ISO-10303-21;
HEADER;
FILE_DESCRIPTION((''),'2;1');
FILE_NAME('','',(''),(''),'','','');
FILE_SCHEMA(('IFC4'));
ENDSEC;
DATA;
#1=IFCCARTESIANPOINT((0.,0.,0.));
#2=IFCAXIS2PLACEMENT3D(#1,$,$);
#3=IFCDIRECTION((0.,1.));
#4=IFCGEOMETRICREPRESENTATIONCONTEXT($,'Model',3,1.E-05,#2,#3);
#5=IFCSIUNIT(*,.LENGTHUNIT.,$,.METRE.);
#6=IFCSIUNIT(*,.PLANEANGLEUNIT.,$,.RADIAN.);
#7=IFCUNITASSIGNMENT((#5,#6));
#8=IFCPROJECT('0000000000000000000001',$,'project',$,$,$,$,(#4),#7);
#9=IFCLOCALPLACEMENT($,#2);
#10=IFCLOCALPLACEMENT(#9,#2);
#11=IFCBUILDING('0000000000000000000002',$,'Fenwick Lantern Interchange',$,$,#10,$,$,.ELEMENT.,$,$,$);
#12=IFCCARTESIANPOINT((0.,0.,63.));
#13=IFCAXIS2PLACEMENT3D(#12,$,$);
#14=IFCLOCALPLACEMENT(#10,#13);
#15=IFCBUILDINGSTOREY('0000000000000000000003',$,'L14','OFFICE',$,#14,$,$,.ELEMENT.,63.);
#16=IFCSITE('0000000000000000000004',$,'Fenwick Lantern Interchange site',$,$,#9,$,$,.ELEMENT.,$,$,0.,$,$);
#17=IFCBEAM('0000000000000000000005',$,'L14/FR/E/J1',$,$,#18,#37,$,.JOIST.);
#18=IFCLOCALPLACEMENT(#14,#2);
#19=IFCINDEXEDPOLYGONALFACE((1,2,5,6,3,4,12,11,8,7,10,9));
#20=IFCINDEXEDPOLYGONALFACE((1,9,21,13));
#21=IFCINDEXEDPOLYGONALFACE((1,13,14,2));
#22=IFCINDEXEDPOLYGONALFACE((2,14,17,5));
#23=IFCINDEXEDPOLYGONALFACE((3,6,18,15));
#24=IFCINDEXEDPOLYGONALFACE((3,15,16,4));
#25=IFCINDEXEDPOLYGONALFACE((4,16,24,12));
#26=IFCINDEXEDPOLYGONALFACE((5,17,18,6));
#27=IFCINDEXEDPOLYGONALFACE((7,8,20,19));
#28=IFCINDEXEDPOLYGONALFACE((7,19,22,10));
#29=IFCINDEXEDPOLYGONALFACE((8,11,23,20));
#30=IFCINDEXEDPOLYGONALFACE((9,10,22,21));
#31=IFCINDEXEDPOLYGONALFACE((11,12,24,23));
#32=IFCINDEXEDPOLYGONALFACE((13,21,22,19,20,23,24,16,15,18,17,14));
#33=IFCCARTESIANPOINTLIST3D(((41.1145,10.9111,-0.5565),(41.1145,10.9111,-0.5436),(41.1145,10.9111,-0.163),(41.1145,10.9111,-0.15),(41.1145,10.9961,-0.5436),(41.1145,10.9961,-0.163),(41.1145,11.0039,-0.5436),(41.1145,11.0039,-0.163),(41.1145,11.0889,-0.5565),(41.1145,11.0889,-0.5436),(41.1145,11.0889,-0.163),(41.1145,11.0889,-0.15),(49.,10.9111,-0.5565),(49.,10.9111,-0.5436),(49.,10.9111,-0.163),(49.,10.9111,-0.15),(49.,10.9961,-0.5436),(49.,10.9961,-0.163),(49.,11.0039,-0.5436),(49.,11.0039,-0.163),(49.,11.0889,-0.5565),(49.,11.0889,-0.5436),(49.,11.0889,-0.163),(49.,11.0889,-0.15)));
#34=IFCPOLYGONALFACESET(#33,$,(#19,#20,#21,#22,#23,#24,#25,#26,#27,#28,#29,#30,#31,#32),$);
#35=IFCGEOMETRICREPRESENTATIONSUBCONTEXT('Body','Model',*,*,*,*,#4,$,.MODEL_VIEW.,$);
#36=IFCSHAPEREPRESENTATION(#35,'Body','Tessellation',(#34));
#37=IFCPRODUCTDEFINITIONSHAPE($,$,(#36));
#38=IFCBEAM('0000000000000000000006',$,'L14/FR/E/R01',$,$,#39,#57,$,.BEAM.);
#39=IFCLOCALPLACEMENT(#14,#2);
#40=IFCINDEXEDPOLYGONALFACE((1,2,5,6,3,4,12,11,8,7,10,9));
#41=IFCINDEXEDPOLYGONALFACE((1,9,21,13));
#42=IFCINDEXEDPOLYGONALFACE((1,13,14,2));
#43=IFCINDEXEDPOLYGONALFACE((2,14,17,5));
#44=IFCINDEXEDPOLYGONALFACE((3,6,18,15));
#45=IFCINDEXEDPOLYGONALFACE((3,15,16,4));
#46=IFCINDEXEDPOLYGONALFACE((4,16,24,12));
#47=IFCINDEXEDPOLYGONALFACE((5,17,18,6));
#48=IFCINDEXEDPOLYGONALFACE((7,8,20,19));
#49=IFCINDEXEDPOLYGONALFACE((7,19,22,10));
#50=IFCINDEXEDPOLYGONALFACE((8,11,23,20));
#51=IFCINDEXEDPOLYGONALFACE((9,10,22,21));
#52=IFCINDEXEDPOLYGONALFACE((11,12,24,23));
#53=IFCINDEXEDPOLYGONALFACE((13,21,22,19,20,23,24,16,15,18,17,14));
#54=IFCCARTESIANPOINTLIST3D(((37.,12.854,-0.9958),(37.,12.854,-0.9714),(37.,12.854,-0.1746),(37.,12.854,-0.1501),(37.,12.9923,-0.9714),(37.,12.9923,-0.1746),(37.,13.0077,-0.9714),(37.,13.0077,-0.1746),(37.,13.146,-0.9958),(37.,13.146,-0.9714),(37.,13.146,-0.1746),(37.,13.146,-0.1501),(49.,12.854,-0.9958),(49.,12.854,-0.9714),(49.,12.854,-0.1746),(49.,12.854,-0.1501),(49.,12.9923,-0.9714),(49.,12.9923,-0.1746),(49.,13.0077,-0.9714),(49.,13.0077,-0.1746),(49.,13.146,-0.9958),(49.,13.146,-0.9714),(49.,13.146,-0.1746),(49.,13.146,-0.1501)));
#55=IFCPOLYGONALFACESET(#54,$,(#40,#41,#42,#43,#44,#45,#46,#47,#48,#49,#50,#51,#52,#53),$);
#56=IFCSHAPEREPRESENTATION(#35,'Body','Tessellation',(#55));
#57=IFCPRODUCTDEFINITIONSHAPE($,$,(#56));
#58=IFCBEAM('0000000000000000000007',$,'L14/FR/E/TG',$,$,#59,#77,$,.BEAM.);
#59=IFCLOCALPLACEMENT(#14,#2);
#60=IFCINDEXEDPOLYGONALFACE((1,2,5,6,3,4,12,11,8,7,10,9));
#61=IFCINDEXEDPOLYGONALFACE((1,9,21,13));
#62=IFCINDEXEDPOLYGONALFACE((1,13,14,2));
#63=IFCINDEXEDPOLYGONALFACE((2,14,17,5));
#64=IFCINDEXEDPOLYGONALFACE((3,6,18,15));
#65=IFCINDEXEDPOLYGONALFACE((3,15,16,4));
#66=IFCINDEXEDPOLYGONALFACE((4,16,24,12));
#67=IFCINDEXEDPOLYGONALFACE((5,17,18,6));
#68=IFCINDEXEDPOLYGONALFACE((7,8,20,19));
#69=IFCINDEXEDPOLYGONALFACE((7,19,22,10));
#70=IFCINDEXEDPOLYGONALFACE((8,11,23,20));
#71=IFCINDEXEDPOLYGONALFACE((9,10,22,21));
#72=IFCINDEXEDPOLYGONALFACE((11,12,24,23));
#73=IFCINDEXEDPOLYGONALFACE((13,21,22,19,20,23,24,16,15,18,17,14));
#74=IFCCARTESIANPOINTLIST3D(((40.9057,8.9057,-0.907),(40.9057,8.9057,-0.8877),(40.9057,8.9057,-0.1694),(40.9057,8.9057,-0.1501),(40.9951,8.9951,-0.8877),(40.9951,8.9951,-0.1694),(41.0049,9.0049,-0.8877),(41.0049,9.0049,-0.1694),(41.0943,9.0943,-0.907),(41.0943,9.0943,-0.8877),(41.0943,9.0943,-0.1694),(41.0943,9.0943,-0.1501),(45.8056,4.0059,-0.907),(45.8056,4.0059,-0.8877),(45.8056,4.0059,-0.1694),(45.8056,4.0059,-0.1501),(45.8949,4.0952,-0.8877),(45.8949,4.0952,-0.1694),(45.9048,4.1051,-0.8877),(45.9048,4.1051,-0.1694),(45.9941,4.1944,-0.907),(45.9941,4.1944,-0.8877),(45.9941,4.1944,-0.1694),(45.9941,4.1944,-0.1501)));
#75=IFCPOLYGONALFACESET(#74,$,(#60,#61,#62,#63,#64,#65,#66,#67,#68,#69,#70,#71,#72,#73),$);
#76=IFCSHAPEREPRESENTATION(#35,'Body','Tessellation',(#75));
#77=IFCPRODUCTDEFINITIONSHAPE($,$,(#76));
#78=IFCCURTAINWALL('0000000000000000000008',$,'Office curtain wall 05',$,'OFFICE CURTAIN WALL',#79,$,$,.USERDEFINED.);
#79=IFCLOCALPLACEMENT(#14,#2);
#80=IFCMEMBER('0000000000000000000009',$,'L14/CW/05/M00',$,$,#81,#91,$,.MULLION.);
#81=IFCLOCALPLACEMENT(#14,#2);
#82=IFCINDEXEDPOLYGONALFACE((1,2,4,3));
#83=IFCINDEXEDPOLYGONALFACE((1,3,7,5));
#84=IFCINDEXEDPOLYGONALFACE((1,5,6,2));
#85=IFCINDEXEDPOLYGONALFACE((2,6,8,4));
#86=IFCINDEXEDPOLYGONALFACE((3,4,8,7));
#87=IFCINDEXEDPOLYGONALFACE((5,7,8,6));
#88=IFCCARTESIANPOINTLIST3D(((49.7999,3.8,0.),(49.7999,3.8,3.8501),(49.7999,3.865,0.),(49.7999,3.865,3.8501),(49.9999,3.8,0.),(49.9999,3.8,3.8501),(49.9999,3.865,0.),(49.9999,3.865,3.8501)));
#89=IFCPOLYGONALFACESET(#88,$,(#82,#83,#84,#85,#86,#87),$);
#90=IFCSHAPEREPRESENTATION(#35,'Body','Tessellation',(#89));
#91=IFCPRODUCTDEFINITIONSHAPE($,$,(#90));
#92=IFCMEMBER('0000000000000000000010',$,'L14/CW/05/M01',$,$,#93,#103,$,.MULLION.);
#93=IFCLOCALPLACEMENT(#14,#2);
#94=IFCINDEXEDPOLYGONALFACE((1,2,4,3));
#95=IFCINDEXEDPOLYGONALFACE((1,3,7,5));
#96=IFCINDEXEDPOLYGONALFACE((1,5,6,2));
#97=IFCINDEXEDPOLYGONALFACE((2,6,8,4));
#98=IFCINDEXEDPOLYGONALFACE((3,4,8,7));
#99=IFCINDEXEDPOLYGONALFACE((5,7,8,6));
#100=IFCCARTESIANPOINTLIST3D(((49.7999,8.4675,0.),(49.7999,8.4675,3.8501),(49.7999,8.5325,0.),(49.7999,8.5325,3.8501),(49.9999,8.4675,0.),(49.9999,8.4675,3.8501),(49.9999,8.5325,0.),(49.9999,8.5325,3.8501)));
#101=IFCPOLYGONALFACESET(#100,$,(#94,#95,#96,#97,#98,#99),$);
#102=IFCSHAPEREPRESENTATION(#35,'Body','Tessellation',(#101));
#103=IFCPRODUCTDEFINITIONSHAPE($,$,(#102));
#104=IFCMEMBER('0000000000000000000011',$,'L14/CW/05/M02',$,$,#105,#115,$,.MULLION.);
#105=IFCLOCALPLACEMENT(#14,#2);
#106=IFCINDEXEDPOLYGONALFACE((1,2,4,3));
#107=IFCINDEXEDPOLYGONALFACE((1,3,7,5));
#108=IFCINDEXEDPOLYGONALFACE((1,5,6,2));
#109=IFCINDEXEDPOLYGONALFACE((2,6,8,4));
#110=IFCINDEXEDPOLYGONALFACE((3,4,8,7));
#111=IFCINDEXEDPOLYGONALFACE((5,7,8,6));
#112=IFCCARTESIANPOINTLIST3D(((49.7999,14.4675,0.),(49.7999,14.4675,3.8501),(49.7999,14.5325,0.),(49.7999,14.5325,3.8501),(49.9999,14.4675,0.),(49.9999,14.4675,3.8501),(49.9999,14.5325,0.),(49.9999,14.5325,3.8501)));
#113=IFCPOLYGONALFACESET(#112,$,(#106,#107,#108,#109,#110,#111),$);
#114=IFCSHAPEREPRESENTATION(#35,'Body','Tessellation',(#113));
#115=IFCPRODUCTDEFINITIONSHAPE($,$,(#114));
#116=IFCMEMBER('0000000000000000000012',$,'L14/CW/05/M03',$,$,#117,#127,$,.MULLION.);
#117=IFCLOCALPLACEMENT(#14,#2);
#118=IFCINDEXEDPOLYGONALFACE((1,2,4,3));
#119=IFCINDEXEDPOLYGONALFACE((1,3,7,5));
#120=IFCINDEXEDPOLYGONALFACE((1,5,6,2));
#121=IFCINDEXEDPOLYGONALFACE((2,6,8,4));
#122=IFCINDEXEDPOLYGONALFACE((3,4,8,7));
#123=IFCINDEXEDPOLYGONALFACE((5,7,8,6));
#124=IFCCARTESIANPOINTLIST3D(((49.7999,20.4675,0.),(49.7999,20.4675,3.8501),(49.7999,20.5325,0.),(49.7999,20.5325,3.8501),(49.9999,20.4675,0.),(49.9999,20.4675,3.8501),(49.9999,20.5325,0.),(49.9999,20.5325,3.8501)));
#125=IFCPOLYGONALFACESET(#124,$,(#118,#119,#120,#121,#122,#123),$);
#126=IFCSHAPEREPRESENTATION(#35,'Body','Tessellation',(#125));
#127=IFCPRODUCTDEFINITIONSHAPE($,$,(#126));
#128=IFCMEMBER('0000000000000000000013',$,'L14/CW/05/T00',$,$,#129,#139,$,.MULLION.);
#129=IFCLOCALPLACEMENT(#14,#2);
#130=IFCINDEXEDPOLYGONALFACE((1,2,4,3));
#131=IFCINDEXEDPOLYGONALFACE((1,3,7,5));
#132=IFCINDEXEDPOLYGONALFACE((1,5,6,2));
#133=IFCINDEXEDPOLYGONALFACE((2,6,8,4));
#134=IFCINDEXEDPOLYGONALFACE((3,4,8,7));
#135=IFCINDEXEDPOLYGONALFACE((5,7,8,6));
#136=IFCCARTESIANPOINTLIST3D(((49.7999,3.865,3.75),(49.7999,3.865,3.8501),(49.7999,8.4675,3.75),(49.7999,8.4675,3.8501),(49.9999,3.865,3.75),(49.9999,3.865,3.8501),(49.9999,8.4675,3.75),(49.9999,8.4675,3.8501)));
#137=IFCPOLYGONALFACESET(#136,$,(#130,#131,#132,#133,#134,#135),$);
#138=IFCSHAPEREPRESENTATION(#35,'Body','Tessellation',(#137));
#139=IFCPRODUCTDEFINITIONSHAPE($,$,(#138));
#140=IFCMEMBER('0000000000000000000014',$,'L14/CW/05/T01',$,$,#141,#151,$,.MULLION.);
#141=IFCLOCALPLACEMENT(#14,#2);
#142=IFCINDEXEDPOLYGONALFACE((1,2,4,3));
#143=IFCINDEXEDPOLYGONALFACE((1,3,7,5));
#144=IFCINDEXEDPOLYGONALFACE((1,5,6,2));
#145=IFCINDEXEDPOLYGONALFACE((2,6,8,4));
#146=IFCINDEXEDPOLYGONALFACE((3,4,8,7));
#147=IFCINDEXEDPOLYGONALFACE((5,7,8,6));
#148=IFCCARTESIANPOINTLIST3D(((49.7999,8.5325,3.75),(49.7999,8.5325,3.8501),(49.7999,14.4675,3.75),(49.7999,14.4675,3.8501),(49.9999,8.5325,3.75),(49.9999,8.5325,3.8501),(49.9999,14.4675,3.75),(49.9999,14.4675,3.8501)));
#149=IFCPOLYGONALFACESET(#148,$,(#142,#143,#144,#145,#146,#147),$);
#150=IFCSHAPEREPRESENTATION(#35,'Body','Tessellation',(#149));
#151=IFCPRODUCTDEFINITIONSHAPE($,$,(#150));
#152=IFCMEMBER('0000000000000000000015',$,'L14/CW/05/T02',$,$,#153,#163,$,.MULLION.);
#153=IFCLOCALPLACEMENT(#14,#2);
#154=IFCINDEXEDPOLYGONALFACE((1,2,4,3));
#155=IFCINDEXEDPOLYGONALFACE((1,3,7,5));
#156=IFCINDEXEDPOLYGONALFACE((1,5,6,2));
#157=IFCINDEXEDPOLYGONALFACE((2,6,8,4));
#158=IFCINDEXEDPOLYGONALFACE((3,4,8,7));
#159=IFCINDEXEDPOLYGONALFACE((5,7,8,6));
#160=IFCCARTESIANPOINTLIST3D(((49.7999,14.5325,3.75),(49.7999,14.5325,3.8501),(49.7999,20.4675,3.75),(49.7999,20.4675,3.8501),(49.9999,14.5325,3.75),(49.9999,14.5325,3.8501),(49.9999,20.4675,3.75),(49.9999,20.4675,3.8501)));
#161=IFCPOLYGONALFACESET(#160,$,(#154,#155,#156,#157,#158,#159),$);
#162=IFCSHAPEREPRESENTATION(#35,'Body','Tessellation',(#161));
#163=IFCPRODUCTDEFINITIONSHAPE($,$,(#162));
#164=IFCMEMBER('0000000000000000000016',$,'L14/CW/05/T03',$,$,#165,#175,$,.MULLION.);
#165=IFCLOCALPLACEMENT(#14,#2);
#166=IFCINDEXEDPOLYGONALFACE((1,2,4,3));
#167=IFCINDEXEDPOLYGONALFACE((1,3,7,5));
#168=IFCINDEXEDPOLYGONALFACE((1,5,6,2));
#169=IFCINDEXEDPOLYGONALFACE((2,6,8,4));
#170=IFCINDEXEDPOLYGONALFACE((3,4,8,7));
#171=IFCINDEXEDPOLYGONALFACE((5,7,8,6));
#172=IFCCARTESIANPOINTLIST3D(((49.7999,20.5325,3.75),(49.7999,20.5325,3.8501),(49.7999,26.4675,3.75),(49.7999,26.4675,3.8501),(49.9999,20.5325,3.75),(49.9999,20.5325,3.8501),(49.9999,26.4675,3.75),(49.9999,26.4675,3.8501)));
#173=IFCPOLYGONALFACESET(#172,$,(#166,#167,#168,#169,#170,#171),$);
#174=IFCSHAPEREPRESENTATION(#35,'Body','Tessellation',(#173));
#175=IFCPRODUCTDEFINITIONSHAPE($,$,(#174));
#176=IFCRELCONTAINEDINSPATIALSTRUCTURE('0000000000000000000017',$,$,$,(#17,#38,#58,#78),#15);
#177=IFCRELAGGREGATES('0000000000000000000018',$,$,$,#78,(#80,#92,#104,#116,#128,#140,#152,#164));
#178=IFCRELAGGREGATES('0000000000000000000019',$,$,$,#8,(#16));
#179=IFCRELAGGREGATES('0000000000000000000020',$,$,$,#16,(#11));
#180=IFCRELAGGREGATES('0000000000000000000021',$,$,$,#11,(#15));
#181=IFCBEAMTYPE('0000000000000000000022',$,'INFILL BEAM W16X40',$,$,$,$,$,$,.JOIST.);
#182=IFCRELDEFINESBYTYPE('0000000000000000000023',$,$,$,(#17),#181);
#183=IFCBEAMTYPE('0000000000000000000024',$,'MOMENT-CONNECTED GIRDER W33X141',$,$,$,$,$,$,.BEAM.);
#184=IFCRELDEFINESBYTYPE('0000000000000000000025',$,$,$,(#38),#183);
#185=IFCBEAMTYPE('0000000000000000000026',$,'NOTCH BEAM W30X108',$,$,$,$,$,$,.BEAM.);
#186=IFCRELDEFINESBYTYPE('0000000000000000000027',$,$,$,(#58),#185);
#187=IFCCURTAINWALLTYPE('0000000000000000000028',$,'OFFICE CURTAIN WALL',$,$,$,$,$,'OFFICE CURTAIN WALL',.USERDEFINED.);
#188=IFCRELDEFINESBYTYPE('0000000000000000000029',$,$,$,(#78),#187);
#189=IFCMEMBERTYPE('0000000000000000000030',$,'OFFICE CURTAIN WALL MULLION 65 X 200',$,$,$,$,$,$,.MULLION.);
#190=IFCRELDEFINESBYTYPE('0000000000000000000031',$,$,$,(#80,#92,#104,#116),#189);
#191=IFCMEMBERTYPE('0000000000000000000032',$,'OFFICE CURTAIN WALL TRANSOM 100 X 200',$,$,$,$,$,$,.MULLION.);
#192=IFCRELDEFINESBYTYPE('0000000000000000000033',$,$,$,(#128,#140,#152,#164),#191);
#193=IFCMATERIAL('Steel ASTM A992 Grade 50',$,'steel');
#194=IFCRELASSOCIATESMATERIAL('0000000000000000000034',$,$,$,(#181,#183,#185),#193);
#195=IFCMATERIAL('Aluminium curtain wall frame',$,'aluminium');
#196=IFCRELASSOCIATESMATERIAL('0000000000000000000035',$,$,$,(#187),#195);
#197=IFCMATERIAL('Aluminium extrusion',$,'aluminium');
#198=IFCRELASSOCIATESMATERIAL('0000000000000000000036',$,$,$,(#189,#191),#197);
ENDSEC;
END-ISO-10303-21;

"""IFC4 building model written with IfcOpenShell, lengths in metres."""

from ifc_helpers import new_model, si_unit, direction, frame, origin, origin_2d, place, context, subcontext, project, spatial, rectangle, i_section, extrude, material, material_profile, profile_set, type_object, element, aggregate, save


model = new_model("IFC4")

# Units and contexts
model_context = context("Model", 3, precision=1e-05, world=origin(), true_north=direction((0.0, 1.0)))
body_context = subcontext(model_context, "Body", "Model", "MODEL_VIEW")
ifc_project = project(units=[si_unit("LENGTHUNIT", "METRE"), si_unit("PLANEANGLEUNIT", "RADIAN")], contexts=[model_context])

# Site, building, storey
site_placement = place(None, origin())
site = spatial("IfcSite", under=ifc_project, at=site_placement, Name="Fenwick Lantern Interchange site", CompositionType="ELEMENT", RefElevation=0.0)
building_placement = place(site_placement, origin())
building = spatial("IfcBuilding", under=site, at=building_placement, Name="Fenwick Lantern Interchange", CompositionType="ELEMENT")
storey_placement = place(building_placement, frame((0.0, 0.0, 63.0)))
storey = spatial("IfcBuildingStorey", under=building, at=storey_placement, Name="L14", Description="OFFICE", CompositionType="ELEMENT", Elevation=63.0)

# Beams
ifc_material_1 = material(Name="Steel ASTM A992 Grade 50", Category="steel")
ifc_material_profile_1 = material_profile(ifc_material_1, i_section(OverallWidth=0.1777, OverallDepth=0.4065, WebThickness=0.0078, FlangeThickness=0.0129, at=origin_2d()), Name="W16X40")
ifc_profile_set_1 = profile_set([ifc_material_profile_1], Name="Steel ASTM A992 Grade 50")
beam_type_1 = type_object("IfcBeamType", Name="INFILL BEAM W16X40", PredefinedType="JOIST", material=ifc_profile_set_1)
beam_1_placement = place(storey_placement, frame((49.0, 11.0, -0.3533), z_axis=(-1.0, 0.0, 0.0), x_axis=(0.0, -1.0, 0.0)))
element("IfcBeam", 1, at=beam_1_placement, inside=storey, type_object=beam_type_1, Name="L14/FR/E/J1", PredefinedType="JOIST", context=body_context, shape_type="SweptSolid", body=[
    extrude(i_section(OverallWidth=0.1777, OverallDepth=0.4065, WebThickness=0.0078, FlangeThickness=0.0129, at=origin_2d()), origin(), (0.0, 0.0, 1.0), 7.8855),
])
ifc_material_profile_2 = material_profile(ifc_material_1, i_section(OverallWidth=0.292, OverallDepth=0.8457, WebThickness=0.0154, FlangeThickness=0.0244, at=origin_2d()), Name="W33X141")
ifc_profile_set_2 = profile_set([ifc_material_profile_2], Name="Steel ASTM A992 Grade 50")
beam_type_2 = type_object("IfcBeamType", Name="MOMENT-CONNECTED GIRDER W33X141", PredefinedType="BEAM", material=ifc_profile_set_2)
beam_2_placement = place(storey_placement, frame((49.0, 13.0, -0.573), z_axis=(-1.0, 0.0, 0.0), x_axis=(0.0, -1.0, 0.0)))
element("IfcBeam", 2, at=beam_2_placement, inside=storey, type_object=beam_type_2, Name="L14/FR/E/R01", PredefinedType="BEAM", context=body_context, shape_type="SweptSolid", body=[
    extrude(i_section(OverallWidth=0.292, OverallDepth=0.8457, WebThickness=0.0154, FlangeThickness=0.0244, at=origin_2d()), origin(), (0.0, 0.0, 1.0), 12.0),
])
ifc_material_profile_3 = material_profile(ifc_material_1, i_section(OverallWidth=0.2666, OverallDepth=0.7568, WebThickness=0.0139, FlangeThickness=0.0193, at=origin_2d()), Name="W30X108")
ifc_profile_set_3 = profile_set([ifc_material_profile_3], Name="Steel ASTM A992 Grade 50")
beam_type_3 = type_object("IfcBeamType", Name="NOTCH BEAM W30X108", PredefinedType="BEAM", material=ifc_profile_set_3)
beam_3_placement = place(storey_placement, frame((41.0, 9.0, -0.5286), z_axis=(0.707107, -0.707107, 0.0), x_axis=(0.707107, 0.707107, 0.0)))
element("IfcBeam", 3, at=beam_3_placement, inside=storey, type_object=beam_type_3, Name="L14/FR/E/TG", PredefinedType="BEAM", context=body_context, shape_type="SweptSolid", body=[
    extrude(i_section(OverallWidth=0.2666, OverallDepth=0.7568, WebThickness=0.0139, FlangeThickness=0.0193, at=origin_2d()), origin(), (0.0, 0.0, 1.0), 6.9294),
])

# Curtain wall, members
ifc_material_2 = material(Name="Aluminium curtain wall frame", Category="aluminium")
curtain_wall_type = type_object("IfcCurtainWallType", Name="OFFICE CURTAIN WALL", ElementType="OFFICE CURTAIN WALL", PredefinedType="USERDEFINED", material=ifc_material_2)
curtain_wall_placement = place(storey_placement, origin())
curtain_wall = element("IfcCurtainWall", 4, at=curtain_wall_placement, inside=storey, type_object=curtain_wall_type, Name="Office curtain wall 05", ObjectType="OFFICE CURTAIN WALL", PredefinedType="USERDEFINED")
ifc_material_3 = material(Name="Aluminium extrusion", Category="aluminium")
ifc_material_profile_4 = material_profile(ifc_material_3, rectangle(XDim=0.2, YDim=0.0649, at=origin_2d()), Name="OFFICE CURTAIN WALL MULLION 65 X 200")
ifc_profile_set_4 = profile_set([ifc_material_profile_4], Name="Aluminium extrusion")
member_type_1 = type_object("IfcMemberType", Name="OFFICE CURTAIN WALL MULLION 65 X 200", PredefinedType="MULLION", material=ifc_profile_set_4)
member_1_placement = place(storey_placement, frame((49.8999, 3.8325, 0.0), z_axis=(0.0, 0.0, 1.0), x_axis=(-1.0, 0.0, 0.0)))
member_1 = element("IfcMember", 5, at=member_1_placement, type_object=member_type_1, Name="L14/CW/05/M00", PredefinedType="MULLION", context=body_context, shape_type="SweptSolid", body=[
    extrude(rectangle(XDim=0.2, YDim=0.0649, at=origin_2d()), origin(), (0.0, 0.0, 1.0), 3.8501),
])
member_2_placement = place(storey_placement, frame((49.8999, 8.5, 0.0), z_axis=(0.0, 0.0, 1.0), x_axis=(-1.0, 0.0, 0.0)))
member_2 = element("IfcMember", 6, at=member_2_placement, type_object=member_type_1, Name="L14/CW/05/M01", PredefinedType="MULLION", context=body_context, shape_type="SweptSolid", body=[
    extrude(rectangle(XDim=0.2, YDim=0.0649, at=origin_2d()), origin(), (0.0, 0.0, 1.0), 3.8501),
])
member_3_placement = place(storey_placement, frame((49.8999, 14.5, 0.0), z_axis=(0.0, 0.0, 1.0), x_axis=(-1.0, 0.0, 0.0)))
member_3 = element("IfcMember", 7, at=member_3_placement, type_object=member_type_1, Name="L14/CW/05/M02", PredefinedType="MULLION", context=body_context, shape_type="SweptSolid", body=[
    extrude(rectangle(XDim=0.2, YDim=0.0649, at=origin_2d()), origin(), (0.0, 0.0, 1.0), 3.8501),
])
member_4_placement = place(storey_placement, frame((49.8999, 20.5, 0.0), z_axis=(0.0, 0.0, 1.0), x_axis=(-1.0, 0.0, 0.0)))
member_4 = element("IfcMember", 8, at=member_4_placement, type_object=member_type_1, Name="L14/CW/05/M03", PredefinedType="MULLION", context=body_context, shape_type="SweptSolid", body=[
    extrude(rectangle(XDim=0.2, YDim=0.0649, at=origin_2d()), origin(), (0.0, 0.0, 1.0), 3.8501),
])
ifc_material_profile_5 = material_profile(ifc_material_3, rectangle(XDim=0.2, YDim=0.1001, at=origin_2d()), Name="OFFICE CURTAIN WALL TRANSOM 100 X 200")
ifc_profile_set_5 = profile_set([ifc_material_profile_5], Name="Aluminium extrusion")
member_type_2 = type_object("IfcMemberType", Name="OFFICE CURTAIN WALL TRANSOM 100 X 200", PredefinedType="MULLION", material=ifc_profile_set_5)
member_5_placement = place(storey_placement, frame((49.8999, 3.865, 3.8), z_axis=(0.0, 1.0, 0.0), x_axis=(-1.0, 0.0, 0.0)))
member_5 = element("IfcMember", 9, at=member_5_placement, type_object=member_type_2, Name="L14/CW/05/T00", PredefinedType="MULLION", context=body_context, shape_type="SweptSolid", body=[
    extrude(rectangle(XDim=0.2, YDim=0.1001, at=origin_2d()), origin(), (0.0, 0.0, 1.0), 4.6025),
])
member_6_placement = place(storey_placement, frame((49.8999, 8.5325, 3.8), z_axis=(0.0, 1.0, 0.0), x_axis=(-1.0, 0.0, 0.0)))
member_6 = element("IfcMember", 10, at=member_6_placement, type_object=member_type_2, Name="L14/CW/05/T01", PredefinedType="MULLION", context=body_context, shape_type="SweptSolid", body=[
    extrude(rectangle(XDim=0.2, YDim=0.1001, at=origin_2d()), origin(), (0.0, 0.0, 1.0), 5.9351),
])
member_7_placement = place(storey_placement, frame((49.8999, 14.5325, 3.8), z_axis=(0.0, 1.0, 0.0), x_axis=(-1.0, 0.0, 0.0)))
member_7 = element("IfcMember", 11, at=member_7_placement, type_object=member_type_2, Name="L14/CW/05/T02", PredefinedType="MULLION", context=body_context, shape_type="SweptSolid", body=[
    extrude(rectangle(XDim=0.2, YDim=0.1001, at=origin_2d()), origin(), (0.0, 0.0, 1.0), 5.9351),
])
member_8_placement = place(storey_placement, frame((49.8999, 20.5325, 3.8), z_axis=(0.0, 1.0, 0.0), x_axis=(-1.0, 0.0, 0.0)))
member_8 = element("IfcMember", 12, at=member_8_placement, type_object=member_type_2, Name="L14/CW/05/T03", PredefinedType="MULLION", context=body_context, shape_type="SweptSolid", body=[
    extrude(rectangle(XDim=0.2, YDim=0.1001, at=origin_2d()), origin(), (0.0, 0.0, 1.0), 5.9351),
])
aggregate(curtain_wall, [member_1, member_2, member_3, member_4, member_5, member_6, member_7, member_8])

save(model, "model.ifc")
